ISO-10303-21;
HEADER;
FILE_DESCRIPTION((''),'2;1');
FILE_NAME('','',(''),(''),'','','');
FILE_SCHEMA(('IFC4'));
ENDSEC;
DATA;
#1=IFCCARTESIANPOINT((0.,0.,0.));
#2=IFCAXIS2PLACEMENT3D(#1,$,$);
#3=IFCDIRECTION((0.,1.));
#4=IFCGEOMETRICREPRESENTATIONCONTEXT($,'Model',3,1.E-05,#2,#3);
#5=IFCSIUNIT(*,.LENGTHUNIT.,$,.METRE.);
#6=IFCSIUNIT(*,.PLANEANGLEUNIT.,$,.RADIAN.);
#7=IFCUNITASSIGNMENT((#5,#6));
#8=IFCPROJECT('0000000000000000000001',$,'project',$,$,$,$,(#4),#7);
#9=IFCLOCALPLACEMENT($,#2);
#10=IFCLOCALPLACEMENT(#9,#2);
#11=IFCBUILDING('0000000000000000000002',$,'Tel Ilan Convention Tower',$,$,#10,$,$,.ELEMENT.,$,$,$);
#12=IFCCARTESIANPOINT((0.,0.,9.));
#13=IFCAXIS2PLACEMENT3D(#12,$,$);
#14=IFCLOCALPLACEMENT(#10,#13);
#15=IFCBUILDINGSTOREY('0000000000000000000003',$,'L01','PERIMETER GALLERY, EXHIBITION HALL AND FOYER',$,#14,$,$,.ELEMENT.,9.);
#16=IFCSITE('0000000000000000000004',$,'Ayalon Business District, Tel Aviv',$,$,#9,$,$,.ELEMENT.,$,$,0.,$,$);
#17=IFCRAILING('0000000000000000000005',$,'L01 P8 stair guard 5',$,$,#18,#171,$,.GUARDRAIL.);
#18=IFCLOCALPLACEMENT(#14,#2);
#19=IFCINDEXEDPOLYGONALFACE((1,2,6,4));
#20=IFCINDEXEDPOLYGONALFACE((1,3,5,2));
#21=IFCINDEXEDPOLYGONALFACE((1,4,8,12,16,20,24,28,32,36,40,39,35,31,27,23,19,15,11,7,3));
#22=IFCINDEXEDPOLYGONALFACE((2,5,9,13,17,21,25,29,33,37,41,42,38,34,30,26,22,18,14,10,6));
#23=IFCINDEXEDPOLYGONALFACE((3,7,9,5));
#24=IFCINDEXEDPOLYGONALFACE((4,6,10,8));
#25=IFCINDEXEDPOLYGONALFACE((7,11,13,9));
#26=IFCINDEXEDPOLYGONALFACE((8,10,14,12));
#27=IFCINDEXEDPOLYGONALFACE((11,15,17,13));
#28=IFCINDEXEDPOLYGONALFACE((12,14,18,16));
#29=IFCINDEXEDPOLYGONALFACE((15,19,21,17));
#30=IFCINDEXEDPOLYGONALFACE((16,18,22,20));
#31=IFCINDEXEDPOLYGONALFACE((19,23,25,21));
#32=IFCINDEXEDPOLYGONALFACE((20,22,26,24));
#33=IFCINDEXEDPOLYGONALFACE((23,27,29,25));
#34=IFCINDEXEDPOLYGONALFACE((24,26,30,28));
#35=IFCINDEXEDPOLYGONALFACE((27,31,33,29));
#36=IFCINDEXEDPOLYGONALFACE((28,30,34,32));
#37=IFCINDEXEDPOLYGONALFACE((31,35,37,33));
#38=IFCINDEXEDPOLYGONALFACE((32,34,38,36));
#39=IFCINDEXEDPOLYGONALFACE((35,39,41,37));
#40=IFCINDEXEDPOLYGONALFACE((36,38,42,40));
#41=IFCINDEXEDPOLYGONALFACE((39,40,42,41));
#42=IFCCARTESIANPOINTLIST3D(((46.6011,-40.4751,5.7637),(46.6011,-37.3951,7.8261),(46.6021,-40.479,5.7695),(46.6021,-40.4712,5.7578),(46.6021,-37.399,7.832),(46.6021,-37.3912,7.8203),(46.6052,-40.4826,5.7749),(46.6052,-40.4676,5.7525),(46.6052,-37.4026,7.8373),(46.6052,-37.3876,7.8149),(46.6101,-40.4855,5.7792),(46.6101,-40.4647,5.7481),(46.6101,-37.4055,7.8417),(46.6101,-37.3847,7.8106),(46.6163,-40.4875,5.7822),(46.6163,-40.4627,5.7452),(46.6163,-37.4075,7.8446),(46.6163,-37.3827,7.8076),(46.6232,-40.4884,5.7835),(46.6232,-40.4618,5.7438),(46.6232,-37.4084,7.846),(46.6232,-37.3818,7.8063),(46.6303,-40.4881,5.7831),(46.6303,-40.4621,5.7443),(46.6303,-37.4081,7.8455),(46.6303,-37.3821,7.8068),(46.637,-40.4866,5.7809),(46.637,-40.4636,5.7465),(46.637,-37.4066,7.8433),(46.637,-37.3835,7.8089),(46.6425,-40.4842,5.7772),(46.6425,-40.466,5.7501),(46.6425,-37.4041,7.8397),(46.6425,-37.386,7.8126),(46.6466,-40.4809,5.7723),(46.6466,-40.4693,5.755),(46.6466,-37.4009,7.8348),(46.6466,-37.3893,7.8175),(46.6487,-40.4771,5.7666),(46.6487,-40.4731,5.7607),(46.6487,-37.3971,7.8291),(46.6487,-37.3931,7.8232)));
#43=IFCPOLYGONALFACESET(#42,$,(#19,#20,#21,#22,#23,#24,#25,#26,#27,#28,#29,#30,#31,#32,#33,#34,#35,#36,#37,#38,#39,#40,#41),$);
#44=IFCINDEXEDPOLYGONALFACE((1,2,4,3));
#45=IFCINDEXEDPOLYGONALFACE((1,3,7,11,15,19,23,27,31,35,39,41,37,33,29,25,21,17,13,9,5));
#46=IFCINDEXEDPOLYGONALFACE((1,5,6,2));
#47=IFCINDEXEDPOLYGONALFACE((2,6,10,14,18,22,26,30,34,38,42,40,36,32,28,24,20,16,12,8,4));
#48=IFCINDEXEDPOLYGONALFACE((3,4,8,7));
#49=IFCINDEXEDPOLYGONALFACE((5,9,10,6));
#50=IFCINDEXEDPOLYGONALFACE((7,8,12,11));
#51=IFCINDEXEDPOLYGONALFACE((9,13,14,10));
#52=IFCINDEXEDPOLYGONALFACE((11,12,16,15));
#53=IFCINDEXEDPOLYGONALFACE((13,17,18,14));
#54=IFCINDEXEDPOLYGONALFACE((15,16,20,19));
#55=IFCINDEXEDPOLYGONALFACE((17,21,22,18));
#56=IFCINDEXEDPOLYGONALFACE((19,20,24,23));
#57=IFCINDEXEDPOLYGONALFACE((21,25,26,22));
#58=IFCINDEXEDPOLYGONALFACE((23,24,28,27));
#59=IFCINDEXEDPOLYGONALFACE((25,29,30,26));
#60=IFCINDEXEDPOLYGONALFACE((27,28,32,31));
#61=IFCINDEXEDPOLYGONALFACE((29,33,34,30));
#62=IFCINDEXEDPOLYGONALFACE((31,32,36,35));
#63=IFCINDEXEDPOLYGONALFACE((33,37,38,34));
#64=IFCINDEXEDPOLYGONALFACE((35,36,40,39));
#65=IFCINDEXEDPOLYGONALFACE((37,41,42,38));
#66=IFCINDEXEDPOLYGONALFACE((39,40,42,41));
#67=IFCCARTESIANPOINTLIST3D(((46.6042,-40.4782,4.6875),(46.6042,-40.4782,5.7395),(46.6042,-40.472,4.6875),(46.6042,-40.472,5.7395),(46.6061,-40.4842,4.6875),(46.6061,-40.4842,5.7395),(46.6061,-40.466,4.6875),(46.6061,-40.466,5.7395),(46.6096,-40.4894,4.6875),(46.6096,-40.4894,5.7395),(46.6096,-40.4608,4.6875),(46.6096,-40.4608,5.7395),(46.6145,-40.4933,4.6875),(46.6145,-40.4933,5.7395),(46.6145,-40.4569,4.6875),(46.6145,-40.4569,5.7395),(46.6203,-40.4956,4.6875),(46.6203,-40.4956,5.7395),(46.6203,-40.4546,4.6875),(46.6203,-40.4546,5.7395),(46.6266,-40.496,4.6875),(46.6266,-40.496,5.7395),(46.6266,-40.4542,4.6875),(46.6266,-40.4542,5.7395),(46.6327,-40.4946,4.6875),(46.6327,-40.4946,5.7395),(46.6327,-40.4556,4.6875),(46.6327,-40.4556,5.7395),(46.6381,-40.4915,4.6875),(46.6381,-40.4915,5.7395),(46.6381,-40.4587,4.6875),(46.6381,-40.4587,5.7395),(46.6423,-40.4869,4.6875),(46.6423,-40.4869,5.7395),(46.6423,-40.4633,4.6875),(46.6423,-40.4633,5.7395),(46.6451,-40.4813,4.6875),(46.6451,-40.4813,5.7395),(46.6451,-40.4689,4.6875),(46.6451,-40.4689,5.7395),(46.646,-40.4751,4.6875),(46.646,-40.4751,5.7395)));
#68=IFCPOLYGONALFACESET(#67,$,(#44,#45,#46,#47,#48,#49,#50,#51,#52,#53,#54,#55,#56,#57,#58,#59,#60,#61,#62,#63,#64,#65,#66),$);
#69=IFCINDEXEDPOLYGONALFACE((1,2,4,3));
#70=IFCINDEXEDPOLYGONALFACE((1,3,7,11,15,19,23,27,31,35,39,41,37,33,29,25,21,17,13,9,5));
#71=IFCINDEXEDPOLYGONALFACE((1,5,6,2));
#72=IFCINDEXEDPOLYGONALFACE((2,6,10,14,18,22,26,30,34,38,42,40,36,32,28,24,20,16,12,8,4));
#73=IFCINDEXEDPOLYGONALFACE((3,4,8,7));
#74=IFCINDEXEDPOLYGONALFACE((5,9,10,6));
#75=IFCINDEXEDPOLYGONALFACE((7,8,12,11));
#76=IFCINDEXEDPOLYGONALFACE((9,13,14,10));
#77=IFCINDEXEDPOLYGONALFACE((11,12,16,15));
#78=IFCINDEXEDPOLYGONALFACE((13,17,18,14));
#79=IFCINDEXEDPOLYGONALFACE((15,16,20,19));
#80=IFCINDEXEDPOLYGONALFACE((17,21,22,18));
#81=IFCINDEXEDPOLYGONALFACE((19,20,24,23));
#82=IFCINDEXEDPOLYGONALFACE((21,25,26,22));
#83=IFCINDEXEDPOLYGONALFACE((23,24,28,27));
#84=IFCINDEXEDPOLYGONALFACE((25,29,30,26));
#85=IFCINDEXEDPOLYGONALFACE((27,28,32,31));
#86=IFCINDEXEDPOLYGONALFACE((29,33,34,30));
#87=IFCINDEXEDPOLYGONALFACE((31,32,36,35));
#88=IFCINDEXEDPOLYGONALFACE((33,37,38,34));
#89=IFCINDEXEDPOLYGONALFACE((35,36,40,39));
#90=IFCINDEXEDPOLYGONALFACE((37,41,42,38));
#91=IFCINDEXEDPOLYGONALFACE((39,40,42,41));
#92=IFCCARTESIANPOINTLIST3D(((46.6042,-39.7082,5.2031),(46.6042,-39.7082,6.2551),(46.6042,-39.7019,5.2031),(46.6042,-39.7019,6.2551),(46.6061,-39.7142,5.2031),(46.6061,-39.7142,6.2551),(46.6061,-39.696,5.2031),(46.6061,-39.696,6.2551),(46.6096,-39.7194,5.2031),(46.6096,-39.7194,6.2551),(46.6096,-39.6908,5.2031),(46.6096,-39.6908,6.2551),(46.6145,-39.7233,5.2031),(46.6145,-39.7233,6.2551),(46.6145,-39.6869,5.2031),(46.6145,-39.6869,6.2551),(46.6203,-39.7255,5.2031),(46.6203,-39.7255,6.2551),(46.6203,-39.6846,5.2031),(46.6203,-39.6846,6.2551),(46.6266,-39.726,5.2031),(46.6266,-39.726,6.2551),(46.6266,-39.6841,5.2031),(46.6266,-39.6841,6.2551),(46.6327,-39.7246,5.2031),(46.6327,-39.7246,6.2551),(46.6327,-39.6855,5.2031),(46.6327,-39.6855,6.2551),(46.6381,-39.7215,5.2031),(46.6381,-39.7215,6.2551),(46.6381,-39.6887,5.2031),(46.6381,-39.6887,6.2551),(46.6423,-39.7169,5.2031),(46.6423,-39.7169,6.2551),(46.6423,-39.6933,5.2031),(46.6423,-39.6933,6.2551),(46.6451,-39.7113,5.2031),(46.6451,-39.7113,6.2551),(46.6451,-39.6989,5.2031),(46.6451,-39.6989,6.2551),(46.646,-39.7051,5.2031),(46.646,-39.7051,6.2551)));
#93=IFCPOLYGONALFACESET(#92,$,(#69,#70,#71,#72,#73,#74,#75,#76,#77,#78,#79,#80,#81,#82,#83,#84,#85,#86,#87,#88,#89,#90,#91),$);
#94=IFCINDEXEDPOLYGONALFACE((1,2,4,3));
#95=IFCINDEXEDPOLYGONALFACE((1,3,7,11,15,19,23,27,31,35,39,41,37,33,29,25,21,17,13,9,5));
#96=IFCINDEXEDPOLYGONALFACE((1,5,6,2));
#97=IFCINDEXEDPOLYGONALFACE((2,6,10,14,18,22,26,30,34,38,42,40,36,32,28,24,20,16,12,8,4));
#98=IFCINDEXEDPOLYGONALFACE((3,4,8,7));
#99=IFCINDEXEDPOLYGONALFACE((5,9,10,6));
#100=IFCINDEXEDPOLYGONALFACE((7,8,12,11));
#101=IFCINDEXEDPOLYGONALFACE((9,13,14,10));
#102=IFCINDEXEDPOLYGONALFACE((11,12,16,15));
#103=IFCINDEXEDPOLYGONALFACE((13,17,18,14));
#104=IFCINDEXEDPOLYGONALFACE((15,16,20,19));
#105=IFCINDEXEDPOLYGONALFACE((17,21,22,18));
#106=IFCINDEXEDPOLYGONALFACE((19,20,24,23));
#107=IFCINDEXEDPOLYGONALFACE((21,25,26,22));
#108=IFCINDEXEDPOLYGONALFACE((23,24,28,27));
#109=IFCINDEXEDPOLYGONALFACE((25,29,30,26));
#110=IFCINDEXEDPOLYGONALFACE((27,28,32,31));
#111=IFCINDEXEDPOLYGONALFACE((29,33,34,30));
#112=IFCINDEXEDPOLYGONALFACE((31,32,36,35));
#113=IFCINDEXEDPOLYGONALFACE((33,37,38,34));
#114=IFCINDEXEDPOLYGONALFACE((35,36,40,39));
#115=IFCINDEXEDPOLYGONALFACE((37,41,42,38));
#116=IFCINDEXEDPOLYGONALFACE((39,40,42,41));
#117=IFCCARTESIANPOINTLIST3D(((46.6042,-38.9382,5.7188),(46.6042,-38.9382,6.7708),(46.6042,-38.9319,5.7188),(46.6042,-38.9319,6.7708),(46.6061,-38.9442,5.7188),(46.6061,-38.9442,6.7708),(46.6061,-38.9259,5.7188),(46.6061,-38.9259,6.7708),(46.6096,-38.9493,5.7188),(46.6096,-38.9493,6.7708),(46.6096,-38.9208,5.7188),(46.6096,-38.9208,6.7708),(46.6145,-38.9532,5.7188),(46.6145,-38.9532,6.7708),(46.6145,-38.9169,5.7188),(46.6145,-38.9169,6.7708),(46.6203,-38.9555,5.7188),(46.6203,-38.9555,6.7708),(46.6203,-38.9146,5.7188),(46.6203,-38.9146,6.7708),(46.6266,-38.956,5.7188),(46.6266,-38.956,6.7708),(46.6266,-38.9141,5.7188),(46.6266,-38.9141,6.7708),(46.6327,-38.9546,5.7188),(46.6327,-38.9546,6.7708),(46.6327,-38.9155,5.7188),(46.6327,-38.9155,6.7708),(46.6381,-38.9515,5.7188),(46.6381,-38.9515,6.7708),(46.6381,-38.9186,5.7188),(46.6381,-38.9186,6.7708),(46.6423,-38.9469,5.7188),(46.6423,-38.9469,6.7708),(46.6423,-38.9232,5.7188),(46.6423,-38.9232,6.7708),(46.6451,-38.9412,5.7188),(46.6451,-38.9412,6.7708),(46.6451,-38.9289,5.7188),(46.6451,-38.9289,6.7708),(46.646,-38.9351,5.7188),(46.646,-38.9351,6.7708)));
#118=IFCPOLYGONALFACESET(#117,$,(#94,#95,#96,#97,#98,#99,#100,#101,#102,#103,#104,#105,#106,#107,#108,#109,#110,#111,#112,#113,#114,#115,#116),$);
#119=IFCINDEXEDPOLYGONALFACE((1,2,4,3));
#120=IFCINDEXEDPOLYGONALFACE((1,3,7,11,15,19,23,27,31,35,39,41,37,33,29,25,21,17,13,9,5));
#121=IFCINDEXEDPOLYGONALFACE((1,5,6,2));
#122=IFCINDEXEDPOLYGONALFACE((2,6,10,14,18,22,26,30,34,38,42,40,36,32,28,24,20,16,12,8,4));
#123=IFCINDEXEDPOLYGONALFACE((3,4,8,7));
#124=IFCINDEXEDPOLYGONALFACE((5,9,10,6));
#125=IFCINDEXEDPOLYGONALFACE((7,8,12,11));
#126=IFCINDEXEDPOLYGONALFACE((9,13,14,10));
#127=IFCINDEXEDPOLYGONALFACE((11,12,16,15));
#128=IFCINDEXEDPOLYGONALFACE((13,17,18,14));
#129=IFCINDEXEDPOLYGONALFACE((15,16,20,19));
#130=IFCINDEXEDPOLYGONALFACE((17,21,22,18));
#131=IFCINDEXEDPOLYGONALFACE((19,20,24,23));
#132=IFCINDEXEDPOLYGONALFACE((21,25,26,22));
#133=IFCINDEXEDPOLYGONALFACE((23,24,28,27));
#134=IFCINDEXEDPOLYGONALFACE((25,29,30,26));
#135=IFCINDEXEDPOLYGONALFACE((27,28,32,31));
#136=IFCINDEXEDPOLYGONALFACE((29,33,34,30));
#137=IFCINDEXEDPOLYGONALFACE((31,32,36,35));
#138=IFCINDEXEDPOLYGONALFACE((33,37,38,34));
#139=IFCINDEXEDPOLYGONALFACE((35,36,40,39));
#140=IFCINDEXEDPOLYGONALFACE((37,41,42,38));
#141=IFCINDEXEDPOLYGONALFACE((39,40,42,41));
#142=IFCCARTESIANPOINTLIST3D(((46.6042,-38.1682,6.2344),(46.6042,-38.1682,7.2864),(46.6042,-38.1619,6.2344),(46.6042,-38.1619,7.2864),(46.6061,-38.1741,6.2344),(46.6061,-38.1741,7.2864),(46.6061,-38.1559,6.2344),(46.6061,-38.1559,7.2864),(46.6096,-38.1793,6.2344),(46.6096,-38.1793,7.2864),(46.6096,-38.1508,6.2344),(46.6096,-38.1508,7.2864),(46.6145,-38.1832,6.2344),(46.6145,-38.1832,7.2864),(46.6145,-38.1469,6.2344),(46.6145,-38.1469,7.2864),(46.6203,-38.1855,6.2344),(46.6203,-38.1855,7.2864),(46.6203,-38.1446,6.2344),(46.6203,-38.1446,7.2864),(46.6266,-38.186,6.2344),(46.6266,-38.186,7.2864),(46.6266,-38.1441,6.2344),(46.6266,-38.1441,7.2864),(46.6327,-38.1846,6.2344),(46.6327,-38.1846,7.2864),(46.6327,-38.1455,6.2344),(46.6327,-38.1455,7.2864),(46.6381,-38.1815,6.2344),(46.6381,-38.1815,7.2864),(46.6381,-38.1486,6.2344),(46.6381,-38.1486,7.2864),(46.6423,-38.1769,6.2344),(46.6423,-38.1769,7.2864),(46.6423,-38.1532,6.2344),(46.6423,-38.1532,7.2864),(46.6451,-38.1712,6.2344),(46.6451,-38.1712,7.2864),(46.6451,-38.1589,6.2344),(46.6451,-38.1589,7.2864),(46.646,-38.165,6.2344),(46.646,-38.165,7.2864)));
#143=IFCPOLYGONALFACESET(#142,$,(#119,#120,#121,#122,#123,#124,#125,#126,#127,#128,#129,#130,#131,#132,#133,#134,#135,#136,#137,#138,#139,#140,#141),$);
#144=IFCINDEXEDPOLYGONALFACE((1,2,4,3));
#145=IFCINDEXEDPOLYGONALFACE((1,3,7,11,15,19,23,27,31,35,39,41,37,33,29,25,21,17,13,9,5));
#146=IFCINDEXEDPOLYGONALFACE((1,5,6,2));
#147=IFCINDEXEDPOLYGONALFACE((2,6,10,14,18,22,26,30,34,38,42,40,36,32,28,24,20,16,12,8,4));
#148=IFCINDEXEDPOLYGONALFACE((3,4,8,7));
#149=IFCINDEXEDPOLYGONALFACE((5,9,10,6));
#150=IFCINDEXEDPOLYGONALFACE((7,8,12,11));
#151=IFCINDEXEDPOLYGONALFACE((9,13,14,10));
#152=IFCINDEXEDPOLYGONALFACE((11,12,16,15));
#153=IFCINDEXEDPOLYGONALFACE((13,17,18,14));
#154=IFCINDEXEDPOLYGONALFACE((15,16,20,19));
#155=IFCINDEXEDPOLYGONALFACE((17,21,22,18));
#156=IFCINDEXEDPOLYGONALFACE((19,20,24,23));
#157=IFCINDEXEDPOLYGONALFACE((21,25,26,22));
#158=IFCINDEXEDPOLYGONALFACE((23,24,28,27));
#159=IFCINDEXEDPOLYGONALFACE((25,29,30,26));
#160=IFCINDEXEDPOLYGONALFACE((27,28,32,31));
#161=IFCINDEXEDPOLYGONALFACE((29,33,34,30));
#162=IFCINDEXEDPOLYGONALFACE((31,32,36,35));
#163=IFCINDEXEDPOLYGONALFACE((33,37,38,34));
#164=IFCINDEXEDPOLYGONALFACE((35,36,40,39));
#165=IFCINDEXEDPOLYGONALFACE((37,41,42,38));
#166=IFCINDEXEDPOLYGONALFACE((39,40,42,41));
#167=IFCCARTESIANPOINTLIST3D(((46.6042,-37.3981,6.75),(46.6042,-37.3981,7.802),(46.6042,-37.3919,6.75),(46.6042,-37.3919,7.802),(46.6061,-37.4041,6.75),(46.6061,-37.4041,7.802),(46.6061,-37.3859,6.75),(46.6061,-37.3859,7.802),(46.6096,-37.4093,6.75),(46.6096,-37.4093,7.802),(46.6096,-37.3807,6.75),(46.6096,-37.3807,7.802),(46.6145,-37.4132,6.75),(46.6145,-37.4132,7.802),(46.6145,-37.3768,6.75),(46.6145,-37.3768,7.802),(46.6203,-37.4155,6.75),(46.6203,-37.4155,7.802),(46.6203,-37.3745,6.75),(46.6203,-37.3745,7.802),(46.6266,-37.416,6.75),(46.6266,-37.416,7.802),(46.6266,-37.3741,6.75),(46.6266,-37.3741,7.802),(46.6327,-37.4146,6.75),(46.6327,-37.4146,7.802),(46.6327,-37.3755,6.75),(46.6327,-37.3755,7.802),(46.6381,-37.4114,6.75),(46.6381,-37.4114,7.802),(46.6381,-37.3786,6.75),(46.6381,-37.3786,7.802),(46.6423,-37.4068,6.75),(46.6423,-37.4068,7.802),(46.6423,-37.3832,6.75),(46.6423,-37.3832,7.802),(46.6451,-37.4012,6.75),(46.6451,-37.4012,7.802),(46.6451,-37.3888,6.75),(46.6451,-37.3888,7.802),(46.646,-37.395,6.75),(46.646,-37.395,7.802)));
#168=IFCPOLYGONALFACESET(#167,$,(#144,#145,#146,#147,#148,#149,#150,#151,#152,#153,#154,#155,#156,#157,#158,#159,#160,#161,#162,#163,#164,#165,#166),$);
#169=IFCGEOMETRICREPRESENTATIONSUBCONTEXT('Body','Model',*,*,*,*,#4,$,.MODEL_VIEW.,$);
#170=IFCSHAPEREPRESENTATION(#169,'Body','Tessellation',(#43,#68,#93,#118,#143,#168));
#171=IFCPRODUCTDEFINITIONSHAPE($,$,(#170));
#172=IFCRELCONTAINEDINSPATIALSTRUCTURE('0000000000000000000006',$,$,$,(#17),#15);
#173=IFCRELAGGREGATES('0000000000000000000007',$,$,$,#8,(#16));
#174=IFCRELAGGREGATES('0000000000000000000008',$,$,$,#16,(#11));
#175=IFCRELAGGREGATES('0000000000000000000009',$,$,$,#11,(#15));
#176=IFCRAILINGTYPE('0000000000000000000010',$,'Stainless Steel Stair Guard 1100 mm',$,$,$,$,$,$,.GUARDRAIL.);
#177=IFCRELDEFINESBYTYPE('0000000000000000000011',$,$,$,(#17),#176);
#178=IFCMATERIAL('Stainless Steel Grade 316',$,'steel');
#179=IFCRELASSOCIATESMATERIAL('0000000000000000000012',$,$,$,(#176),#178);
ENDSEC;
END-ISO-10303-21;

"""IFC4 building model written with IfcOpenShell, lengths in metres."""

from ifc_helpers import new_model, si_unit, direction, frame, origin, origin_2d, place, context, subcontext, project, spatial, circle, extrude, material, type_object, element, save


model = new_model("IFC4")

# Units and contexts
model_context = context("Model", 3, precision=1e-05, world=origin(), true_north=direction((0.0, 1.0)))
body_context = subcontext(model_context, "Body", "Model", "MODEL_VIEW")
ifc_project = project(units=[si_unit("LENGTHUNIT", "METRE"), si_unit("PLANEANGLEUNIT", "RADIAN")], contexts=[model_context])

# Site, building, storey
site_placement = place(None, origin())
site = spatial("IfcSite", under=ifc_project, at=site_placement, Name="Ayalon Business District, Tel Aviv", CompositionType="ELEMENT", RefElevation=0.0)
building_placement = place(site_placement, origin())
building = spatial("IfcBuilding", under=site, at=building_placement, Name="Tel Ilan Convention Tower", CompositionType="ELEMENT")
storey_placement = place(building_placement, frame((0.0, 0.0, 9.0)))
storey = spatial("IfcBuildingStorey", under=building, at=storey_placement, Name="L01", Description="PERIMETER GALLERY, EXHIBITION HALL AND FOYER", CompositionType="ELEMENT", Elevation=9.0)

# Railing
ifc_material_1 = material(Name="Stainless Steel Grade 316", Category="steel")
railing_type_1 = type_object("IfcRailingType", Name="Stainless Steel Stair Guard 1100 mm", PredefinedType="GUARDRAIL", material=ifc_material_1)
railing_1_placement = place(storey_placement, frame((46.625, -40.4751, 4.6875)))
element("IfcRailing", 1, at=railing_1_placement, inside=storey, type_object=railing_type_1, Name="L01 P8 stair guard 5", PredefinedType="GUARDRAIL", context=body_context, shape_type="SweptSolid", body=[
    extrude(circle(Radius=0.0239, at=origin_2d()), frame((0.0, 0.0, 1.0762), z_axis=(0.0, 0.830914, 0.556401), x_axis=(-1.0, 0.0, 0.0)), (0.0, 0.0, 1.0), 3.7068),
    extrude(circle(Radius=0.021, at=origin_2d()), origin(), (0.0, 0.0, 1.0), 1.052),
    extrude(circle(Radius=0.021, at=origin_2d()), frame((0.0, 0.77, 0.5156)), (0.0, 0.0, 1.0), 1.052),
    extrude(circle(Radius=0.021, at=origin_2d()), frame((0.0, 1.54, 1.0312)), (0.0, 0.0, 1.0), 1.052),
    extrude(circle(Radius=0.021, at=origin_2d()), frame((0.0, 2.3101, 1.5469)), (0.0, 0.0, 1.0), 1.052),
    extrude(circle(Radius=0.021, at=origin_2d()), frame((0.0, 3.0801, 2.0625)), (0.0, 0.0, 1.0), 1.052),
])

save(model, "model.ifc")
